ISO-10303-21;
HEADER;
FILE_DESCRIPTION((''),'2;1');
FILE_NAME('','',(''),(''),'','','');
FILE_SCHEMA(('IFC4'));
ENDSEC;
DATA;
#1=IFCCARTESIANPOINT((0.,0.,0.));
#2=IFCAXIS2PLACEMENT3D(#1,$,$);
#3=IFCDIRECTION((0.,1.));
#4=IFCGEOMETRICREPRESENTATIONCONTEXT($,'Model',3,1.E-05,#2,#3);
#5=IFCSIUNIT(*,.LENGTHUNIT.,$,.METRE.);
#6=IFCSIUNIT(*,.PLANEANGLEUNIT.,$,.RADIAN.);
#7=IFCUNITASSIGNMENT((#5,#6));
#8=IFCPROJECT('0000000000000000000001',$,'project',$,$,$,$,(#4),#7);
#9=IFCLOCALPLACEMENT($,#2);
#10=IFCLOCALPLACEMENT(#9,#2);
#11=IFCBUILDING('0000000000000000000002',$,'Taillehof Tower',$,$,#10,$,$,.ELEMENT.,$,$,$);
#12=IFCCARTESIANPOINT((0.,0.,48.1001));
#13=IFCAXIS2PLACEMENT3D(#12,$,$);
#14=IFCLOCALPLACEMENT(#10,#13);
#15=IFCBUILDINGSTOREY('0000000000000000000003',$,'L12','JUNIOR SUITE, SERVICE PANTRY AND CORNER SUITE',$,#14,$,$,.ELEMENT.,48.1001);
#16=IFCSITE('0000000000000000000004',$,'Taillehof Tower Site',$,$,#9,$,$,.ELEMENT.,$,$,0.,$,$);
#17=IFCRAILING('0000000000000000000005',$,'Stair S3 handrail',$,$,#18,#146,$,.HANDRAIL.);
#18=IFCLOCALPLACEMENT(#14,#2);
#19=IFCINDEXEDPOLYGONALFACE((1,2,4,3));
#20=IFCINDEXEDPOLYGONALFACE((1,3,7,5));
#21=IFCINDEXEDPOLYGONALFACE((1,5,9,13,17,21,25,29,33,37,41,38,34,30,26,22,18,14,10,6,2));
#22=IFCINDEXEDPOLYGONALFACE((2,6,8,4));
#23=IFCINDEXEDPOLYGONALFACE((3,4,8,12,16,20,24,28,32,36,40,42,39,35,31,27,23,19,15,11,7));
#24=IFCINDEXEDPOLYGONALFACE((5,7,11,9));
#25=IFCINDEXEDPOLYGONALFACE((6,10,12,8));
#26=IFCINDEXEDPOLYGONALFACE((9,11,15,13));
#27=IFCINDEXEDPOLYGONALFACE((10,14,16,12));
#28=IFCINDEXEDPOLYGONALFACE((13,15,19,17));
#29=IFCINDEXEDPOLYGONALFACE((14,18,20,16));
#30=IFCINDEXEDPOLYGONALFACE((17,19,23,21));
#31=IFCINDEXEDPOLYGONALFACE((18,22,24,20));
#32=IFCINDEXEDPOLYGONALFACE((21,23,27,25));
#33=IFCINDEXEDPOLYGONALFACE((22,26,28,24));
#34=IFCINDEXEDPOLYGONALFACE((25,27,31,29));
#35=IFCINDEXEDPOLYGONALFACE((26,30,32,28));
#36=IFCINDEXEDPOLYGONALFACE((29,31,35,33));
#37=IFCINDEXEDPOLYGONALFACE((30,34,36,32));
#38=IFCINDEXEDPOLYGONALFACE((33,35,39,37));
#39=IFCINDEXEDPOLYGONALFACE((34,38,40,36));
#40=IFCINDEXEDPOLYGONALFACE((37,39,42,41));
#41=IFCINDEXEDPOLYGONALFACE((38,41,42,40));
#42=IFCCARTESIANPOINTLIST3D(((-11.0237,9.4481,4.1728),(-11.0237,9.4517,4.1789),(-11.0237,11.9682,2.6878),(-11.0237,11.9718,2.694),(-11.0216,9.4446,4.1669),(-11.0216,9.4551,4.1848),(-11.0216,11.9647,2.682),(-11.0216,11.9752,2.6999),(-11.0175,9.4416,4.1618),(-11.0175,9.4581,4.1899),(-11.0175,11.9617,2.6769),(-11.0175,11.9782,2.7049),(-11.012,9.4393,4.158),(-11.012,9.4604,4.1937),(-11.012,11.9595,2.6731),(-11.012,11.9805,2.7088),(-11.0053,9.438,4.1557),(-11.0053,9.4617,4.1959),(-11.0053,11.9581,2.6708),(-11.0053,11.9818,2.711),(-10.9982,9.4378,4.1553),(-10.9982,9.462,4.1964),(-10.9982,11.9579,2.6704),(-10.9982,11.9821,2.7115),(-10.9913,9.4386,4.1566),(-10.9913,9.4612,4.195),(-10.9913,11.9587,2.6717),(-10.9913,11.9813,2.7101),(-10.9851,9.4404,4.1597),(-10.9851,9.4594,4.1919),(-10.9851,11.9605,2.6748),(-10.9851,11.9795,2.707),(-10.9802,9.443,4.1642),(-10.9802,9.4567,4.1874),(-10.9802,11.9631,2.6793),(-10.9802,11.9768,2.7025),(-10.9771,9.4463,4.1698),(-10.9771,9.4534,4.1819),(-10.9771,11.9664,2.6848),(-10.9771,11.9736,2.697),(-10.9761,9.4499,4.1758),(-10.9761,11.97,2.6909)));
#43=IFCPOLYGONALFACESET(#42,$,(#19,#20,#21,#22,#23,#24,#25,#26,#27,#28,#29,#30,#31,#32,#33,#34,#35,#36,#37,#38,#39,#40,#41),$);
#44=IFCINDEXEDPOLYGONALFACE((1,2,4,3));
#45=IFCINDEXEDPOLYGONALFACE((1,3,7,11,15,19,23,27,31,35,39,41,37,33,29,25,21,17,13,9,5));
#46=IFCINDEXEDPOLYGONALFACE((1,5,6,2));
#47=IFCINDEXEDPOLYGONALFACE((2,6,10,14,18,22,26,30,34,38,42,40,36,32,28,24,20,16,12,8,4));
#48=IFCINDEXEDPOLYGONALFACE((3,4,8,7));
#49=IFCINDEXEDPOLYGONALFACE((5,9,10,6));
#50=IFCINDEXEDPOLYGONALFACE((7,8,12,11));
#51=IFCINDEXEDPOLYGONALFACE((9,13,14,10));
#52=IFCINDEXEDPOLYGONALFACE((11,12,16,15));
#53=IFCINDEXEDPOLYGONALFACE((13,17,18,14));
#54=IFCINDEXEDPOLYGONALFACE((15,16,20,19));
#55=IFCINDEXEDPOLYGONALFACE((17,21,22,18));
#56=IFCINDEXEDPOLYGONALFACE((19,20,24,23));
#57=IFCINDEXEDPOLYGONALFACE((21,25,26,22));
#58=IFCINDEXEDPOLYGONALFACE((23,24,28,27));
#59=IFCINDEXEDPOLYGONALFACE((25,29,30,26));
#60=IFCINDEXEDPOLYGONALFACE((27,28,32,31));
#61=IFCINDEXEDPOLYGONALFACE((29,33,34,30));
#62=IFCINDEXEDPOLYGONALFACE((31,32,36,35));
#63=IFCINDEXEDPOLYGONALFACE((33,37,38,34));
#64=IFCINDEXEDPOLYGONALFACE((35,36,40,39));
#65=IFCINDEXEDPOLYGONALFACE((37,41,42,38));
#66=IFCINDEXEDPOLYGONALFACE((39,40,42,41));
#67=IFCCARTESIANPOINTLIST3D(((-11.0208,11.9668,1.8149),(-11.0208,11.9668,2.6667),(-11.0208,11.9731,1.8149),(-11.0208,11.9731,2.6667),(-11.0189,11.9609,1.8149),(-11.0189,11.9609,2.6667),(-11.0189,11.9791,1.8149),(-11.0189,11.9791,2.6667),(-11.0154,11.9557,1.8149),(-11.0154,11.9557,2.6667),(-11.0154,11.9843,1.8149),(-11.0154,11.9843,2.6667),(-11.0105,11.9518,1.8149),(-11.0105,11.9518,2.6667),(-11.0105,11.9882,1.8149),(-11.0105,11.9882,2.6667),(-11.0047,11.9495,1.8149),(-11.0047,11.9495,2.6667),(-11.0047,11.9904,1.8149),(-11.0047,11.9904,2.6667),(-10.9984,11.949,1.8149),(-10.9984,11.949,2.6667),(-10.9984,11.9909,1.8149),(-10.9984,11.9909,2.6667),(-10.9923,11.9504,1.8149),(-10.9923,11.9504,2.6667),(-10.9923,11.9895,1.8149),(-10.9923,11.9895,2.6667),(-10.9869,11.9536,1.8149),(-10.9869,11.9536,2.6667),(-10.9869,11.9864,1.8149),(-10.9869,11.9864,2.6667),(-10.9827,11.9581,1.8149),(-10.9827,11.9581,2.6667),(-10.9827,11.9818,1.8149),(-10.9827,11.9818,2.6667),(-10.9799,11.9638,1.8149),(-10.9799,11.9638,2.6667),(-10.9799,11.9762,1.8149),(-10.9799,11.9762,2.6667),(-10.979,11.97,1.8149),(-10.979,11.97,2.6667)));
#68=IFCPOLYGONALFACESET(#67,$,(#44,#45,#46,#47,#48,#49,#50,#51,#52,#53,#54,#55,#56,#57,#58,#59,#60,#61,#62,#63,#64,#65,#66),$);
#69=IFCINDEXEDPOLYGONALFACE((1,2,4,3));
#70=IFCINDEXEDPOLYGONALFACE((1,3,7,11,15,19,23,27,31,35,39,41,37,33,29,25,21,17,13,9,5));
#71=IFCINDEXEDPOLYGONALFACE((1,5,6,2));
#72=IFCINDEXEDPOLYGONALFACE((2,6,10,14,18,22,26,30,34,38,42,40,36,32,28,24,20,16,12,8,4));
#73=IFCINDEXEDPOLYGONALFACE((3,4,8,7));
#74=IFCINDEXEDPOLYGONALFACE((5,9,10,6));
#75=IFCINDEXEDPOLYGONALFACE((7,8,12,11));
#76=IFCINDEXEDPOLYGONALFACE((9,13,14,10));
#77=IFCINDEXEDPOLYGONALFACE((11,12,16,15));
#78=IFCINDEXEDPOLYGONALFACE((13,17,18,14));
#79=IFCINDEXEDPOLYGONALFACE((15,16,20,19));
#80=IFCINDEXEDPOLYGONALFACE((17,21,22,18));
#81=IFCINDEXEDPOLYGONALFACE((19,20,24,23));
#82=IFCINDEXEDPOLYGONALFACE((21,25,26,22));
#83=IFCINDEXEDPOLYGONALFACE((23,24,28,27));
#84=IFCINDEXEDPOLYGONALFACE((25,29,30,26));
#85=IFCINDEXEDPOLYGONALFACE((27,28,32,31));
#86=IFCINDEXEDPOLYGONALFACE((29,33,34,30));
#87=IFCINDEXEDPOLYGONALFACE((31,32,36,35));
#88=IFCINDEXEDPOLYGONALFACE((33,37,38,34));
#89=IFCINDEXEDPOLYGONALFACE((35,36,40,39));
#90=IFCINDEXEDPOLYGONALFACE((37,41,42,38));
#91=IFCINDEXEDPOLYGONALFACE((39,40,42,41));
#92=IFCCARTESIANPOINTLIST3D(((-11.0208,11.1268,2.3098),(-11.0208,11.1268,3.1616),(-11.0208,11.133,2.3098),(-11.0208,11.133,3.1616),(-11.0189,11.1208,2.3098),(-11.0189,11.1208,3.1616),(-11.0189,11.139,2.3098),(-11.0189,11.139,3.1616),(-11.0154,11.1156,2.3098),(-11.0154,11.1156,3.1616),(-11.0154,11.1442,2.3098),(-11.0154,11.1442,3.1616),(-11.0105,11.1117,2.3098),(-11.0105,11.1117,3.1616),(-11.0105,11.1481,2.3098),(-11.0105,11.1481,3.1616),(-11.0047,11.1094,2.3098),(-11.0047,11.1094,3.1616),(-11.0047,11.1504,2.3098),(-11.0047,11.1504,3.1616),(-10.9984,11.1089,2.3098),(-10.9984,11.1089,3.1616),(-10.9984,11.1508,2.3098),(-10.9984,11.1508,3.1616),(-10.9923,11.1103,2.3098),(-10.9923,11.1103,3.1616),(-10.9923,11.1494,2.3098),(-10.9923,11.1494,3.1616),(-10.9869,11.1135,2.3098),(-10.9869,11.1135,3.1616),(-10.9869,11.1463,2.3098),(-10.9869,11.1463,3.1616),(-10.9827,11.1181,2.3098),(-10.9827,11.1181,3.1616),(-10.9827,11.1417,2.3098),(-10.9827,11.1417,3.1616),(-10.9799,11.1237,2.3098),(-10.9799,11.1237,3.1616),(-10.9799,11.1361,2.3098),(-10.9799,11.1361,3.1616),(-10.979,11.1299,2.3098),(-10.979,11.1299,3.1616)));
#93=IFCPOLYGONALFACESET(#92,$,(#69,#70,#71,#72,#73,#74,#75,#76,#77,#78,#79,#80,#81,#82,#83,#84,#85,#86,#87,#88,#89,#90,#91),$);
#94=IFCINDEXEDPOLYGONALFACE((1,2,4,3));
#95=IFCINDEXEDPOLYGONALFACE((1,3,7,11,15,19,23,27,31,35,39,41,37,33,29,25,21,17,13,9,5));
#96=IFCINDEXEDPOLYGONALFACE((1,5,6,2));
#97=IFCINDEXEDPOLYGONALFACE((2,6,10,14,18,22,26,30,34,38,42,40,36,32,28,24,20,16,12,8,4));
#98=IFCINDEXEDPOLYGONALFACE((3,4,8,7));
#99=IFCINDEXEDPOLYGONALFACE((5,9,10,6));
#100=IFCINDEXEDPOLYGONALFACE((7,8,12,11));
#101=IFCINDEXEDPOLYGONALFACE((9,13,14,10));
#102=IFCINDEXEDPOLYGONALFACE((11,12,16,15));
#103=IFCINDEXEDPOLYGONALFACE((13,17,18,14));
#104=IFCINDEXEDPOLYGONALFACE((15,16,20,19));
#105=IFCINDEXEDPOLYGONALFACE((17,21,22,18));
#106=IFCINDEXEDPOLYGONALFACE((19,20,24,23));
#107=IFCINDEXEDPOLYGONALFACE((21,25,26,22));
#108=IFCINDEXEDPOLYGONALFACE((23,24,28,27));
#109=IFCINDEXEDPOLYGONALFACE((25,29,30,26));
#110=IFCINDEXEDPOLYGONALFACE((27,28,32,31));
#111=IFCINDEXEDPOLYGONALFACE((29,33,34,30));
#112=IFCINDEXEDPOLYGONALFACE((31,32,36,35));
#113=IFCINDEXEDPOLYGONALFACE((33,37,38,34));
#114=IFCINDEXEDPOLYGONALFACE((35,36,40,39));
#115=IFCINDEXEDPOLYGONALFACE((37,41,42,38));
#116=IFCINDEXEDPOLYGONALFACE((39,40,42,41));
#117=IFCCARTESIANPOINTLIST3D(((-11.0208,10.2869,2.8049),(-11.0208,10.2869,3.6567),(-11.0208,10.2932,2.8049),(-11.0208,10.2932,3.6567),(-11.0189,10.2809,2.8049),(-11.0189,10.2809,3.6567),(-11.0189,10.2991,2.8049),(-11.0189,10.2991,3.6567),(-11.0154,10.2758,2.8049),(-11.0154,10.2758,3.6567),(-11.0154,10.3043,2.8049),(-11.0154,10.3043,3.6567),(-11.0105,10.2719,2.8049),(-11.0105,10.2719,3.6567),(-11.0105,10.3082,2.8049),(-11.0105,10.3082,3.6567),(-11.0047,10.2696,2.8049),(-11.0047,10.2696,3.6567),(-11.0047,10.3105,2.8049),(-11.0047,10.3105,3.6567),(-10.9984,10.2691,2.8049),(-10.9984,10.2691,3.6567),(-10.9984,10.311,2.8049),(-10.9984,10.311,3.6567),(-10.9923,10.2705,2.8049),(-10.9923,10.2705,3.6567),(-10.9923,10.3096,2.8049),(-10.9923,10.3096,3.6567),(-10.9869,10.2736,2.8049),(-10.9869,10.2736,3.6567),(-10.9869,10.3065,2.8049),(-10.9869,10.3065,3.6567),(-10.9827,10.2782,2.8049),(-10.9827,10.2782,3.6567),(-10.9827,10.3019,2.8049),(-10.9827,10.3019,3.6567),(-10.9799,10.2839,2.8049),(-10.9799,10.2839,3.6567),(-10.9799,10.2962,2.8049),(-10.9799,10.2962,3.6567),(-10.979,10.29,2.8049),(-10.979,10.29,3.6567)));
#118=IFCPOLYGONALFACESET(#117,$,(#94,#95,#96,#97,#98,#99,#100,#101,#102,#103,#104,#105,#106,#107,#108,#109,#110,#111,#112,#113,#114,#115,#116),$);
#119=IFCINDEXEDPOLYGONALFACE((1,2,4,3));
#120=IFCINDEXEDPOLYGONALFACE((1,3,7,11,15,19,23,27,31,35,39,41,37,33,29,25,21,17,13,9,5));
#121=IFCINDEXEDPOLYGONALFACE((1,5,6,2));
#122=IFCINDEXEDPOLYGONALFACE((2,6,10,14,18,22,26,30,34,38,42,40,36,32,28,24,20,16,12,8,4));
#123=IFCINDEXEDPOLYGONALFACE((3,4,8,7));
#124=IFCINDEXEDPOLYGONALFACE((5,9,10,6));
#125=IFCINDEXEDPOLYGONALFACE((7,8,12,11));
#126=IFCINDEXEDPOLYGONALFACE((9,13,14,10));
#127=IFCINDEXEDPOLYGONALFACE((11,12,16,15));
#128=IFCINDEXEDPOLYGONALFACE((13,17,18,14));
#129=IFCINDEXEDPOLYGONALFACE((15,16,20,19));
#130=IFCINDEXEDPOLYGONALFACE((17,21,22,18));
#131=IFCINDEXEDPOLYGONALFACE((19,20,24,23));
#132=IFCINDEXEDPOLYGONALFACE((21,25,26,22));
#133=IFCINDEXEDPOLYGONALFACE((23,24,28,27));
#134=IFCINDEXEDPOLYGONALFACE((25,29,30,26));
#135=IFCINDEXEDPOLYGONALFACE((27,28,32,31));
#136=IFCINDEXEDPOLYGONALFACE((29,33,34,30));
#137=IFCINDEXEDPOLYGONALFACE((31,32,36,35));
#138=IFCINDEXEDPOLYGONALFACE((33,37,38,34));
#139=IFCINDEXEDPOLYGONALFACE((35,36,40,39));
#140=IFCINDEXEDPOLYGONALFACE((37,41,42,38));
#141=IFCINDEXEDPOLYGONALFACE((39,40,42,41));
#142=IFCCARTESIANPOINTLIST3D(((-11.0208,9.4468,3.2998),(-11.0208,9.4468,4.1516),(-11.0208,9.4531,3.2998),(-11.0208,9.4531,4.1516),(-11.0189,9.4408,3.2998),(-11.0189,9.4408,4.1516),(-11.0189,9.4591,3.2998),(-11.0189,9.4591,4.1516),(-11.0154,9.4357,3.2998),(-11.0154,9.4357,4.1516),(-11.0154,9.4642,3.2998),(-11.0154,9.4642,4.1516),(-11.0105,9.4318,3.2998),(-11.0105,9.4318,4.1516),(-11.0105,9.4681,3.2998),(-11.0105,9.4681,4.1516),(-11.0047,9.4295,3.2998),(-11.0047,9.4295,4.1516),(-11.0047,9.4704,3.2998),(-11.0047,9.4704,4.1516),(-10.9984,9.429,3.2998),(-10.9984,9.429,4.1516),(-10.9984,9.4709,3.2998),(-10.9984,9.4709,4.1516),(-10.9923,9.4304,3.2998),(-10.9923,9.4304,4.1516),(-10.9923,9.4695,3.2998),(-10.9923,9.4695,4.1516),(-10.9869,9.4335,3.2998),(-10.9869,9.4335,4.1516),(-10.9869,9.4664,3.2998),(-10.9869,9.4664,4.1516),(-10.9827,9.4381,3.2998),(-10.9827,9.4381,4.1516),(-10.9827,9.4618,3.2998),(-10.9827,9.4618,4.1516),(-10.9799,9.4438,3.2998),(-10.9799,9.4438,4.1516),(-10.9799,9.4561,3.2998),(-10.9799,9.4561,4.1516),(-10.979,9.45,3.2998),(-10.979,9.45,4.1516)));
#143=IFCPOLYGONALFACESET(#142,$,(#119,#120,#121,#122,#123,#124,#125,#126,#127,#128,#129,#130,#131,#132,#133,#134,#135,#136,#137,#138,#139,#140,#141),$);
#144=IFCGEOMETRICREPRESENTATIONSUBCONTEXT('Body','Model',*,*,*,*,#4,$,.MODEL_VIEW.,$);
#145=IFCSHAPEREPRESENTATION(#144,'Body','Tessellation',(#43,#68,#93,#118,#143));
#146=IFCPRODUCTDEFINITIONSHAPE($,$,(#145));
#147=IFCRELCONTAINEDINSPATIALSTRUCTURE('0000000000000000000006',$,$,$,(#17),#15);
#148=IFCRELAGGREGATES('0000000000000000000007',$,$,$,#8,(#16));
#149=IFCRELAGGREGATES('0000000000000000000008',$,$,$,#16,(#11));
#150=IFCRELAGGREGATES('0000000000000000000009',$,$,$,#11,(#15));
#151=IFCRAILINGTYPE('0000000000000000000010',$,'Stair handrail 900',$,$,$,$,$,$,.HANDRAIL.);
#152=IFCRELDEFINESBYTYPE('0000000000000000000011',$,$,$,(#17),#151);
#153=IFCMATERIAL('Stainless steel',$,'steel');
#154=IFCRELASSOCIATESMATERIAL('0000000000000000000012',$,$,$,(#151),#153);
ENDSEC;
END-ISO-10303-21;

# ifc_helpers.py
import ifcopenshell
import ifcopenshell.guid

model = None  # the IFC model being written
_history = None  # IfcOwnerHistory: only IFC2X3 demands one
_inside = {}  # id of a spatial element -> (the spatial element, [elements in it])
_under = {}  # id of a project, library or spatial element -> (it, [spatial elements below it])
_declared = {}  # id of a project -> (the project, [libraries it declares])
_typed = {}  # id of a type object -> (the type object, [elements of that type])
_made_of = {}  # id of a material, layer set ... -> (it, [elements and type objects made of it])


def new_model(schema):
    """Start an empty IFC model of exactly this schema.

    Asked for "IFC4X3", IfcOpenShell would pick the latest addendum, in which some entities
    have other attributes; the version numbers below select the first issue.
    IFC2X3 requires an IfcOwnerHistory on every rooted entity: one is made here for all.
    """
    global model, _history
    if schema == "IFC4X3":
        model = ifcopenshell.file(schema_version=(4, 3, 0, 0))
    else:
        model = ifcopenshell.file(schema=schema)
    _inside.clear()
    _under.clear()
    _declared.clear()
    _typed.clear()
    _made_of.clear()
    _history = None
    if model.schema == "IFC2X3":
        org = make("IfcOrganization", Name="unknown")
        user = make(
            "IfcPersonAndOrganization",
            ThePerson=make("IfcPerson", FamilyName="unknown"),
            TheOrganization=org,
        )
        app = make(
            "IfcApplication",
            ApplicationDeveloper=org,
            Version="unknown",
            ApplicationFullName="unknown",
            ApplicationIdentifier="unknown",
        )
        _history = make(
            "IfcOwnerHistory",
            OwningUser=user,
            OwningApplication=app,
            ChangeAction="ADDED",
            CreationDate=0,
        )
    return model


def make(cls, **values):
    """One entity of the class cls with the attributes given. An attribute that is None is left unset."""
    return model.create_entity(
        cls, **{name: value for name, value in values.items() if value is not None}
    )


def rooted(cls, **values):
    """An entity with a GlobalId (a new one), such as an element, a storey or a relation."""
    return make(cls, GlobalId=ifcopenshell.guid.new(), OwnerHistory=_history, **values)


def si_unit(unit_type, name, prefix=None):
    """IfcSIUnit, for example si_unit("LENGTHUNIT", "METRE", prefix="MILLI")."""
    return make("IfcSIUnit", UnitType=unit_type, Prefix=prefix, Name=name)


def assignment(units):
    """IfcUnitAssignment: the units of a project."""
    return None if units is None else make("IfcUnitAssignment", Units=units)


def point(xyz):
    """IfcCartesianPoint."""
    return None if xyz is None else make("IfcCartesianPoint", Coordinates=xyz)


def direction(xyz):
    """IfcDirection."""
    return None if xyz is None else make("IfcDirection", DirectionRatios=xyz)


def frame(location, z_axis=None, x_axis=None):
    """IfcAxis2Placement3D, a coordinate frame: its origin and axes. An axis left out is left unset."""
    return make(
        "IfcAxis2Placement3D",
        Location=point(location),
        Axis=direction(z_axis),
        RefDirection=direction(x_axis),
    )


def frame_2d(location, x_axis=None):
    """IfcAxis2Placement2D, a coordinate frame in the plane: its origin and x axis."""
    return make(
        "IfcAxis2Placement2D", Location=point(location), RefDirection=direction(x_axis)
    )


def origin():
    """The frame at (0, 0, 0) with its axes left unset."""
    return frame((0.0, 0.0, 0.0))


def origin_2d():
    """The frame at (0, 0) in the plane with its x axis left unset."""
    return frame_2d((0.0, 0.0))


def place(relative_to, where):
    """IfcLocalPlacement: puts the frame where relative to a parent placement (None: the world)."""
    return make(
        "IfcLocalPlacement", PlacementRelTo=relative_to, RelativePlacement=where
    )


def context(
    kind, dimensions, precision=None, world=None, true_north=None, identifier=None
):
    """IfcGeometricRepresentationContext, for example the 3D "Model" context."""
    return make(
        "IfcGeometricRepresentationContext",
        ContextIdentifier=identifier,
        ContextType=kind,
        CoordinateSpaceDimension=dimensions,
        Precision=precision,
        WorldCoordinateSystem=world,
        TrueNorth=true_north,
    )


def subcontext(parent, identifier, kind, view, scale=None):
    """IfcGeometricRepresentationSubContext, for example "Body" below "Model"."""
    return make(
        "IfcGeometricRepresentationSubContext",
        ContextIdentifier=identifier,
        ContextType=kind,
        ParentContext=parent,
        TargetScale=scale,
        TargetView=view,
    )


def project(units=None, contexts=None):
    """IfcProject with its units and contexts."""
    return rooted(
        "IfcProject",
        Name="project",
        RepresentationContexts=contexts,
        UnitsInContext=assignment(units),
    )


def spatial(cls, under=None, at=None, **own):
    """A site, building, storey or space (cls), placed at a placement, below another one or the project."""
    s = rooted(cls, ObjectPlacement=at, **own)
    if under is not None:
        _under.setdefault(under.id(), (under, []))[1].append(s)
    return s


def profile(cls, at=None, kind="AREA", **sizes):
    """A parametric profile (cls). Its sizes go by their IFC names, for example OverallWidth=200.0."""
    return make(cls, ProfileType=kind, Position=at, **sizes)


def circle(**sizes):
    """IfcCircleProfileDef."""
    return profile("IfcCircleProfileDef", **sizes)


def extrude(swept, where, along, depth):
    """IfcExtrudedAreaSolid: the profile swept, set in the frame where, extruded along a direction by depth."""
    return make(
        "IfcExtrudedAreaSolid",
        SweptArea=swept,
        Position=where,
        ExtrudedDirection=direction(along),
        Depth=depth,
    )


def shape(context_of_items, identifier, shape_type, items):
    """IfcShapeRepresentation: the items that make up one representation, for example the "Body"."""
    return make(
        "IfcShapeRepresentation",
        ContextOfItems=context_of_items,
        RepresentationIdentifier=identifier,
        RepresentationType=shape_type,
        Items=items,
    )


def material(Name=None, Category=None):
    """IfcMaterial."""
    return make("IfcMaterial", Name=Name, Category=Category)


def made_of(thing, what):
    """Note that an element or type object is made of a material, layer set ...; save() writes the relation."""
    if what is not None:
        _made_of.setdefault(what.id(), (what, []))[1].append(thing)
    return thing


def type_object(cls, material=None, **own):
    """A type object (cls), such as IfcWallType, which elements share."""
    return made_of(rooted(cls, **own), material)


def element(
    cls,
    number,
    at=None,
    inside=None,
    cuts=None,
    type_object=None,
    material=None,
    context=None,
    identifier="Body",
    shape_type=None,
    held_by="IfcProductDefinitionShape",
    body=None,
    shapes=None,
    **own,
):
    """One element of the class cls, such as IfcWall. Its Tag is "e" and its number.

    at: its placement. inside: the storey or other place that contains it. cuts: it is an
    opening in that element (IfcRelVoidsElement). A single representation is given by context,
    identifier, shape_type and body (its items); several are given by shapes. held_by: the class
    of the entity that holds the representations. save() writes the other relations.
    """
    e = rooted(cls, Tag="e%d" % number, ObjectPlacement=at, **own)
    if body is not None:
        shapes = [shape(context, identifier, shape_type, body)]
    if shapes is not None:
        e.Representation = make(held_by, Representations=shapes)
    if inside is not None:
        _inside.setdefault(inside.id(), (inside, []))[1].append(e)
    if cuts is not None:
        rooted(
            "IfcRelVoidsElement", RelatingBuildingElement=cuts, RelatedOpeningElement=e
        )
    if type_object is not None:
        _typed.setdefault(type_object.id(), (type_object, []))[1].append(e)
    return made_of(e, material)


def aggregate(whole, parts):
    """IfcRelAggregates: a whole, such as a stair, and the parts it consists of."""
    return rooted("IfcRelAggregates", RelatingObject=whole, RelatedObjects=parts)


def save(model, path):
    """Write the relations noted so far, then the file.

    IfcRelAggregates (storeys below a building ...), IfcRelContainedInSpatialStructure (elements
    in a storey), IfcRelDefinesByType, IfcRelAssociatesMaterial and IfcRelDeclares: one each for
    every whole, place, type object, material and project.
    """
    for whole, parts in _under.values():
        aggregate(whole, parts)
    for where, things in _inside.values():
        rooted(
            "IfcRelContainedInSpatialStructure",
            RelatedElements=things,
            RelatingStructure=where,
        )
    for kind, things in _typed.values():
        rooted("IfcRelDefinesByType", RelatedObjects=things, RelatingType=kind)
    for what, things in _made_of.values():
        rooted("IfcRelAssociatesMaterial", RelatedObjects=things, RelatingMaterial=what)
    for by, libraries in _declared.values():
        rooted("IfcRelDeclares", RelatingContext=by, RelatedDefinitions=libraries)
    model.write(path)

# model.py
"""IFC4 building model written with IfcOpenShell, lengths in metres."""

from ifc_helpers import new_model, si_unit, direction, frame, origin, origin_2d, place, context, subcontext, project, spatial, circle, extrude, material, type_object, element, save


model = new_model("IFC4")

# Units and contexts
model_context = context("Model", 3, precision=1e-05, world=origin(), true_north=direction((0.0, 1.0)))
body_context = subcontext(model_context, "Body", "Model", "MODEL_VIEW")
ifc_project = project(units=[si_unit("LENGTHUNIT", "METRE"), si_unit("PLANEANGLEUNIT", "RADIAN")], contexts=[model_context])

# Site, building, storey
site_placement = place(None, origin())
site = spatial("IfcSite", under=ifc_project, at=site_placement, Name="Taillehof Tower Site", CompositionType="ELEMENT", RefElevation=0.0)
building_placement = place(site_placement, origin())
building = spatial("IfcBuilding", under=site, at=building_placement, Name="Taillehof Tower", CompositionType="ELEMENT")
storey_placement = place(building_placement, frame((0.0, 0.0, 48.1001)))
storey = spatial("IfcBuildingStorey", under=building, at=storey_placement, Name="L12", Description="JUNIOR SUITE, SERVICE PANTRY AND CORNER SUITE", CompositionType="ELEMENT", Elevation=48.1001)

# Railing
ifc_material_1 = material(Name="Stainless steel", Category="steel")
railing_type = type_object("IfcRailingType", Name="Stair handrail 900", PredefinedType="HANDRAIL", material=ifc_material_1)
railing_1_placement = place(storey_placement, frame((-11.0, 11.97, 1.8149)))
element("IfcRailing", 1, at=railing_1_placement, inside=storey, type_object=railing_type, Name="Stair S3 handrail", PredefinedType="HANDRAIL", context=body_context, shape_type="SweptSolid", body=[
    extrude(circle(Radius=0.0239, at=origin_2d()), frame((0.0, 0.0, 0.876), z_axis=(0.0, -0.861561, 0.507655), x_axis=(1.0, 0.0, 0.0)), (0.0, 0.0, 1.0), 2.925),
    extrude(circle(Radius=0.021, at=origin_2d()), origin(), (0.0, 0.0, 1.0), 0.8518),
    extrude(circle(Radius=0.021, at=origin_2d()), frame((0.0, -0.8401, 0.4949)), (0.0, 0.0, 1.0), 0.8518),
    extrude(circle(Radius=0.021, at=origin_2d()), frame((0.0, -1.6799, 0.99)), (0.0, 0.0, 1.0), 0.8518),
    extrude(circle(Radius=0.021, at=origin_2d()), frame((0.0, -2.52, 1.4849)), (0.0, 0.0, 1.0), 0.8518),
])

save(model, "model.ifc")
